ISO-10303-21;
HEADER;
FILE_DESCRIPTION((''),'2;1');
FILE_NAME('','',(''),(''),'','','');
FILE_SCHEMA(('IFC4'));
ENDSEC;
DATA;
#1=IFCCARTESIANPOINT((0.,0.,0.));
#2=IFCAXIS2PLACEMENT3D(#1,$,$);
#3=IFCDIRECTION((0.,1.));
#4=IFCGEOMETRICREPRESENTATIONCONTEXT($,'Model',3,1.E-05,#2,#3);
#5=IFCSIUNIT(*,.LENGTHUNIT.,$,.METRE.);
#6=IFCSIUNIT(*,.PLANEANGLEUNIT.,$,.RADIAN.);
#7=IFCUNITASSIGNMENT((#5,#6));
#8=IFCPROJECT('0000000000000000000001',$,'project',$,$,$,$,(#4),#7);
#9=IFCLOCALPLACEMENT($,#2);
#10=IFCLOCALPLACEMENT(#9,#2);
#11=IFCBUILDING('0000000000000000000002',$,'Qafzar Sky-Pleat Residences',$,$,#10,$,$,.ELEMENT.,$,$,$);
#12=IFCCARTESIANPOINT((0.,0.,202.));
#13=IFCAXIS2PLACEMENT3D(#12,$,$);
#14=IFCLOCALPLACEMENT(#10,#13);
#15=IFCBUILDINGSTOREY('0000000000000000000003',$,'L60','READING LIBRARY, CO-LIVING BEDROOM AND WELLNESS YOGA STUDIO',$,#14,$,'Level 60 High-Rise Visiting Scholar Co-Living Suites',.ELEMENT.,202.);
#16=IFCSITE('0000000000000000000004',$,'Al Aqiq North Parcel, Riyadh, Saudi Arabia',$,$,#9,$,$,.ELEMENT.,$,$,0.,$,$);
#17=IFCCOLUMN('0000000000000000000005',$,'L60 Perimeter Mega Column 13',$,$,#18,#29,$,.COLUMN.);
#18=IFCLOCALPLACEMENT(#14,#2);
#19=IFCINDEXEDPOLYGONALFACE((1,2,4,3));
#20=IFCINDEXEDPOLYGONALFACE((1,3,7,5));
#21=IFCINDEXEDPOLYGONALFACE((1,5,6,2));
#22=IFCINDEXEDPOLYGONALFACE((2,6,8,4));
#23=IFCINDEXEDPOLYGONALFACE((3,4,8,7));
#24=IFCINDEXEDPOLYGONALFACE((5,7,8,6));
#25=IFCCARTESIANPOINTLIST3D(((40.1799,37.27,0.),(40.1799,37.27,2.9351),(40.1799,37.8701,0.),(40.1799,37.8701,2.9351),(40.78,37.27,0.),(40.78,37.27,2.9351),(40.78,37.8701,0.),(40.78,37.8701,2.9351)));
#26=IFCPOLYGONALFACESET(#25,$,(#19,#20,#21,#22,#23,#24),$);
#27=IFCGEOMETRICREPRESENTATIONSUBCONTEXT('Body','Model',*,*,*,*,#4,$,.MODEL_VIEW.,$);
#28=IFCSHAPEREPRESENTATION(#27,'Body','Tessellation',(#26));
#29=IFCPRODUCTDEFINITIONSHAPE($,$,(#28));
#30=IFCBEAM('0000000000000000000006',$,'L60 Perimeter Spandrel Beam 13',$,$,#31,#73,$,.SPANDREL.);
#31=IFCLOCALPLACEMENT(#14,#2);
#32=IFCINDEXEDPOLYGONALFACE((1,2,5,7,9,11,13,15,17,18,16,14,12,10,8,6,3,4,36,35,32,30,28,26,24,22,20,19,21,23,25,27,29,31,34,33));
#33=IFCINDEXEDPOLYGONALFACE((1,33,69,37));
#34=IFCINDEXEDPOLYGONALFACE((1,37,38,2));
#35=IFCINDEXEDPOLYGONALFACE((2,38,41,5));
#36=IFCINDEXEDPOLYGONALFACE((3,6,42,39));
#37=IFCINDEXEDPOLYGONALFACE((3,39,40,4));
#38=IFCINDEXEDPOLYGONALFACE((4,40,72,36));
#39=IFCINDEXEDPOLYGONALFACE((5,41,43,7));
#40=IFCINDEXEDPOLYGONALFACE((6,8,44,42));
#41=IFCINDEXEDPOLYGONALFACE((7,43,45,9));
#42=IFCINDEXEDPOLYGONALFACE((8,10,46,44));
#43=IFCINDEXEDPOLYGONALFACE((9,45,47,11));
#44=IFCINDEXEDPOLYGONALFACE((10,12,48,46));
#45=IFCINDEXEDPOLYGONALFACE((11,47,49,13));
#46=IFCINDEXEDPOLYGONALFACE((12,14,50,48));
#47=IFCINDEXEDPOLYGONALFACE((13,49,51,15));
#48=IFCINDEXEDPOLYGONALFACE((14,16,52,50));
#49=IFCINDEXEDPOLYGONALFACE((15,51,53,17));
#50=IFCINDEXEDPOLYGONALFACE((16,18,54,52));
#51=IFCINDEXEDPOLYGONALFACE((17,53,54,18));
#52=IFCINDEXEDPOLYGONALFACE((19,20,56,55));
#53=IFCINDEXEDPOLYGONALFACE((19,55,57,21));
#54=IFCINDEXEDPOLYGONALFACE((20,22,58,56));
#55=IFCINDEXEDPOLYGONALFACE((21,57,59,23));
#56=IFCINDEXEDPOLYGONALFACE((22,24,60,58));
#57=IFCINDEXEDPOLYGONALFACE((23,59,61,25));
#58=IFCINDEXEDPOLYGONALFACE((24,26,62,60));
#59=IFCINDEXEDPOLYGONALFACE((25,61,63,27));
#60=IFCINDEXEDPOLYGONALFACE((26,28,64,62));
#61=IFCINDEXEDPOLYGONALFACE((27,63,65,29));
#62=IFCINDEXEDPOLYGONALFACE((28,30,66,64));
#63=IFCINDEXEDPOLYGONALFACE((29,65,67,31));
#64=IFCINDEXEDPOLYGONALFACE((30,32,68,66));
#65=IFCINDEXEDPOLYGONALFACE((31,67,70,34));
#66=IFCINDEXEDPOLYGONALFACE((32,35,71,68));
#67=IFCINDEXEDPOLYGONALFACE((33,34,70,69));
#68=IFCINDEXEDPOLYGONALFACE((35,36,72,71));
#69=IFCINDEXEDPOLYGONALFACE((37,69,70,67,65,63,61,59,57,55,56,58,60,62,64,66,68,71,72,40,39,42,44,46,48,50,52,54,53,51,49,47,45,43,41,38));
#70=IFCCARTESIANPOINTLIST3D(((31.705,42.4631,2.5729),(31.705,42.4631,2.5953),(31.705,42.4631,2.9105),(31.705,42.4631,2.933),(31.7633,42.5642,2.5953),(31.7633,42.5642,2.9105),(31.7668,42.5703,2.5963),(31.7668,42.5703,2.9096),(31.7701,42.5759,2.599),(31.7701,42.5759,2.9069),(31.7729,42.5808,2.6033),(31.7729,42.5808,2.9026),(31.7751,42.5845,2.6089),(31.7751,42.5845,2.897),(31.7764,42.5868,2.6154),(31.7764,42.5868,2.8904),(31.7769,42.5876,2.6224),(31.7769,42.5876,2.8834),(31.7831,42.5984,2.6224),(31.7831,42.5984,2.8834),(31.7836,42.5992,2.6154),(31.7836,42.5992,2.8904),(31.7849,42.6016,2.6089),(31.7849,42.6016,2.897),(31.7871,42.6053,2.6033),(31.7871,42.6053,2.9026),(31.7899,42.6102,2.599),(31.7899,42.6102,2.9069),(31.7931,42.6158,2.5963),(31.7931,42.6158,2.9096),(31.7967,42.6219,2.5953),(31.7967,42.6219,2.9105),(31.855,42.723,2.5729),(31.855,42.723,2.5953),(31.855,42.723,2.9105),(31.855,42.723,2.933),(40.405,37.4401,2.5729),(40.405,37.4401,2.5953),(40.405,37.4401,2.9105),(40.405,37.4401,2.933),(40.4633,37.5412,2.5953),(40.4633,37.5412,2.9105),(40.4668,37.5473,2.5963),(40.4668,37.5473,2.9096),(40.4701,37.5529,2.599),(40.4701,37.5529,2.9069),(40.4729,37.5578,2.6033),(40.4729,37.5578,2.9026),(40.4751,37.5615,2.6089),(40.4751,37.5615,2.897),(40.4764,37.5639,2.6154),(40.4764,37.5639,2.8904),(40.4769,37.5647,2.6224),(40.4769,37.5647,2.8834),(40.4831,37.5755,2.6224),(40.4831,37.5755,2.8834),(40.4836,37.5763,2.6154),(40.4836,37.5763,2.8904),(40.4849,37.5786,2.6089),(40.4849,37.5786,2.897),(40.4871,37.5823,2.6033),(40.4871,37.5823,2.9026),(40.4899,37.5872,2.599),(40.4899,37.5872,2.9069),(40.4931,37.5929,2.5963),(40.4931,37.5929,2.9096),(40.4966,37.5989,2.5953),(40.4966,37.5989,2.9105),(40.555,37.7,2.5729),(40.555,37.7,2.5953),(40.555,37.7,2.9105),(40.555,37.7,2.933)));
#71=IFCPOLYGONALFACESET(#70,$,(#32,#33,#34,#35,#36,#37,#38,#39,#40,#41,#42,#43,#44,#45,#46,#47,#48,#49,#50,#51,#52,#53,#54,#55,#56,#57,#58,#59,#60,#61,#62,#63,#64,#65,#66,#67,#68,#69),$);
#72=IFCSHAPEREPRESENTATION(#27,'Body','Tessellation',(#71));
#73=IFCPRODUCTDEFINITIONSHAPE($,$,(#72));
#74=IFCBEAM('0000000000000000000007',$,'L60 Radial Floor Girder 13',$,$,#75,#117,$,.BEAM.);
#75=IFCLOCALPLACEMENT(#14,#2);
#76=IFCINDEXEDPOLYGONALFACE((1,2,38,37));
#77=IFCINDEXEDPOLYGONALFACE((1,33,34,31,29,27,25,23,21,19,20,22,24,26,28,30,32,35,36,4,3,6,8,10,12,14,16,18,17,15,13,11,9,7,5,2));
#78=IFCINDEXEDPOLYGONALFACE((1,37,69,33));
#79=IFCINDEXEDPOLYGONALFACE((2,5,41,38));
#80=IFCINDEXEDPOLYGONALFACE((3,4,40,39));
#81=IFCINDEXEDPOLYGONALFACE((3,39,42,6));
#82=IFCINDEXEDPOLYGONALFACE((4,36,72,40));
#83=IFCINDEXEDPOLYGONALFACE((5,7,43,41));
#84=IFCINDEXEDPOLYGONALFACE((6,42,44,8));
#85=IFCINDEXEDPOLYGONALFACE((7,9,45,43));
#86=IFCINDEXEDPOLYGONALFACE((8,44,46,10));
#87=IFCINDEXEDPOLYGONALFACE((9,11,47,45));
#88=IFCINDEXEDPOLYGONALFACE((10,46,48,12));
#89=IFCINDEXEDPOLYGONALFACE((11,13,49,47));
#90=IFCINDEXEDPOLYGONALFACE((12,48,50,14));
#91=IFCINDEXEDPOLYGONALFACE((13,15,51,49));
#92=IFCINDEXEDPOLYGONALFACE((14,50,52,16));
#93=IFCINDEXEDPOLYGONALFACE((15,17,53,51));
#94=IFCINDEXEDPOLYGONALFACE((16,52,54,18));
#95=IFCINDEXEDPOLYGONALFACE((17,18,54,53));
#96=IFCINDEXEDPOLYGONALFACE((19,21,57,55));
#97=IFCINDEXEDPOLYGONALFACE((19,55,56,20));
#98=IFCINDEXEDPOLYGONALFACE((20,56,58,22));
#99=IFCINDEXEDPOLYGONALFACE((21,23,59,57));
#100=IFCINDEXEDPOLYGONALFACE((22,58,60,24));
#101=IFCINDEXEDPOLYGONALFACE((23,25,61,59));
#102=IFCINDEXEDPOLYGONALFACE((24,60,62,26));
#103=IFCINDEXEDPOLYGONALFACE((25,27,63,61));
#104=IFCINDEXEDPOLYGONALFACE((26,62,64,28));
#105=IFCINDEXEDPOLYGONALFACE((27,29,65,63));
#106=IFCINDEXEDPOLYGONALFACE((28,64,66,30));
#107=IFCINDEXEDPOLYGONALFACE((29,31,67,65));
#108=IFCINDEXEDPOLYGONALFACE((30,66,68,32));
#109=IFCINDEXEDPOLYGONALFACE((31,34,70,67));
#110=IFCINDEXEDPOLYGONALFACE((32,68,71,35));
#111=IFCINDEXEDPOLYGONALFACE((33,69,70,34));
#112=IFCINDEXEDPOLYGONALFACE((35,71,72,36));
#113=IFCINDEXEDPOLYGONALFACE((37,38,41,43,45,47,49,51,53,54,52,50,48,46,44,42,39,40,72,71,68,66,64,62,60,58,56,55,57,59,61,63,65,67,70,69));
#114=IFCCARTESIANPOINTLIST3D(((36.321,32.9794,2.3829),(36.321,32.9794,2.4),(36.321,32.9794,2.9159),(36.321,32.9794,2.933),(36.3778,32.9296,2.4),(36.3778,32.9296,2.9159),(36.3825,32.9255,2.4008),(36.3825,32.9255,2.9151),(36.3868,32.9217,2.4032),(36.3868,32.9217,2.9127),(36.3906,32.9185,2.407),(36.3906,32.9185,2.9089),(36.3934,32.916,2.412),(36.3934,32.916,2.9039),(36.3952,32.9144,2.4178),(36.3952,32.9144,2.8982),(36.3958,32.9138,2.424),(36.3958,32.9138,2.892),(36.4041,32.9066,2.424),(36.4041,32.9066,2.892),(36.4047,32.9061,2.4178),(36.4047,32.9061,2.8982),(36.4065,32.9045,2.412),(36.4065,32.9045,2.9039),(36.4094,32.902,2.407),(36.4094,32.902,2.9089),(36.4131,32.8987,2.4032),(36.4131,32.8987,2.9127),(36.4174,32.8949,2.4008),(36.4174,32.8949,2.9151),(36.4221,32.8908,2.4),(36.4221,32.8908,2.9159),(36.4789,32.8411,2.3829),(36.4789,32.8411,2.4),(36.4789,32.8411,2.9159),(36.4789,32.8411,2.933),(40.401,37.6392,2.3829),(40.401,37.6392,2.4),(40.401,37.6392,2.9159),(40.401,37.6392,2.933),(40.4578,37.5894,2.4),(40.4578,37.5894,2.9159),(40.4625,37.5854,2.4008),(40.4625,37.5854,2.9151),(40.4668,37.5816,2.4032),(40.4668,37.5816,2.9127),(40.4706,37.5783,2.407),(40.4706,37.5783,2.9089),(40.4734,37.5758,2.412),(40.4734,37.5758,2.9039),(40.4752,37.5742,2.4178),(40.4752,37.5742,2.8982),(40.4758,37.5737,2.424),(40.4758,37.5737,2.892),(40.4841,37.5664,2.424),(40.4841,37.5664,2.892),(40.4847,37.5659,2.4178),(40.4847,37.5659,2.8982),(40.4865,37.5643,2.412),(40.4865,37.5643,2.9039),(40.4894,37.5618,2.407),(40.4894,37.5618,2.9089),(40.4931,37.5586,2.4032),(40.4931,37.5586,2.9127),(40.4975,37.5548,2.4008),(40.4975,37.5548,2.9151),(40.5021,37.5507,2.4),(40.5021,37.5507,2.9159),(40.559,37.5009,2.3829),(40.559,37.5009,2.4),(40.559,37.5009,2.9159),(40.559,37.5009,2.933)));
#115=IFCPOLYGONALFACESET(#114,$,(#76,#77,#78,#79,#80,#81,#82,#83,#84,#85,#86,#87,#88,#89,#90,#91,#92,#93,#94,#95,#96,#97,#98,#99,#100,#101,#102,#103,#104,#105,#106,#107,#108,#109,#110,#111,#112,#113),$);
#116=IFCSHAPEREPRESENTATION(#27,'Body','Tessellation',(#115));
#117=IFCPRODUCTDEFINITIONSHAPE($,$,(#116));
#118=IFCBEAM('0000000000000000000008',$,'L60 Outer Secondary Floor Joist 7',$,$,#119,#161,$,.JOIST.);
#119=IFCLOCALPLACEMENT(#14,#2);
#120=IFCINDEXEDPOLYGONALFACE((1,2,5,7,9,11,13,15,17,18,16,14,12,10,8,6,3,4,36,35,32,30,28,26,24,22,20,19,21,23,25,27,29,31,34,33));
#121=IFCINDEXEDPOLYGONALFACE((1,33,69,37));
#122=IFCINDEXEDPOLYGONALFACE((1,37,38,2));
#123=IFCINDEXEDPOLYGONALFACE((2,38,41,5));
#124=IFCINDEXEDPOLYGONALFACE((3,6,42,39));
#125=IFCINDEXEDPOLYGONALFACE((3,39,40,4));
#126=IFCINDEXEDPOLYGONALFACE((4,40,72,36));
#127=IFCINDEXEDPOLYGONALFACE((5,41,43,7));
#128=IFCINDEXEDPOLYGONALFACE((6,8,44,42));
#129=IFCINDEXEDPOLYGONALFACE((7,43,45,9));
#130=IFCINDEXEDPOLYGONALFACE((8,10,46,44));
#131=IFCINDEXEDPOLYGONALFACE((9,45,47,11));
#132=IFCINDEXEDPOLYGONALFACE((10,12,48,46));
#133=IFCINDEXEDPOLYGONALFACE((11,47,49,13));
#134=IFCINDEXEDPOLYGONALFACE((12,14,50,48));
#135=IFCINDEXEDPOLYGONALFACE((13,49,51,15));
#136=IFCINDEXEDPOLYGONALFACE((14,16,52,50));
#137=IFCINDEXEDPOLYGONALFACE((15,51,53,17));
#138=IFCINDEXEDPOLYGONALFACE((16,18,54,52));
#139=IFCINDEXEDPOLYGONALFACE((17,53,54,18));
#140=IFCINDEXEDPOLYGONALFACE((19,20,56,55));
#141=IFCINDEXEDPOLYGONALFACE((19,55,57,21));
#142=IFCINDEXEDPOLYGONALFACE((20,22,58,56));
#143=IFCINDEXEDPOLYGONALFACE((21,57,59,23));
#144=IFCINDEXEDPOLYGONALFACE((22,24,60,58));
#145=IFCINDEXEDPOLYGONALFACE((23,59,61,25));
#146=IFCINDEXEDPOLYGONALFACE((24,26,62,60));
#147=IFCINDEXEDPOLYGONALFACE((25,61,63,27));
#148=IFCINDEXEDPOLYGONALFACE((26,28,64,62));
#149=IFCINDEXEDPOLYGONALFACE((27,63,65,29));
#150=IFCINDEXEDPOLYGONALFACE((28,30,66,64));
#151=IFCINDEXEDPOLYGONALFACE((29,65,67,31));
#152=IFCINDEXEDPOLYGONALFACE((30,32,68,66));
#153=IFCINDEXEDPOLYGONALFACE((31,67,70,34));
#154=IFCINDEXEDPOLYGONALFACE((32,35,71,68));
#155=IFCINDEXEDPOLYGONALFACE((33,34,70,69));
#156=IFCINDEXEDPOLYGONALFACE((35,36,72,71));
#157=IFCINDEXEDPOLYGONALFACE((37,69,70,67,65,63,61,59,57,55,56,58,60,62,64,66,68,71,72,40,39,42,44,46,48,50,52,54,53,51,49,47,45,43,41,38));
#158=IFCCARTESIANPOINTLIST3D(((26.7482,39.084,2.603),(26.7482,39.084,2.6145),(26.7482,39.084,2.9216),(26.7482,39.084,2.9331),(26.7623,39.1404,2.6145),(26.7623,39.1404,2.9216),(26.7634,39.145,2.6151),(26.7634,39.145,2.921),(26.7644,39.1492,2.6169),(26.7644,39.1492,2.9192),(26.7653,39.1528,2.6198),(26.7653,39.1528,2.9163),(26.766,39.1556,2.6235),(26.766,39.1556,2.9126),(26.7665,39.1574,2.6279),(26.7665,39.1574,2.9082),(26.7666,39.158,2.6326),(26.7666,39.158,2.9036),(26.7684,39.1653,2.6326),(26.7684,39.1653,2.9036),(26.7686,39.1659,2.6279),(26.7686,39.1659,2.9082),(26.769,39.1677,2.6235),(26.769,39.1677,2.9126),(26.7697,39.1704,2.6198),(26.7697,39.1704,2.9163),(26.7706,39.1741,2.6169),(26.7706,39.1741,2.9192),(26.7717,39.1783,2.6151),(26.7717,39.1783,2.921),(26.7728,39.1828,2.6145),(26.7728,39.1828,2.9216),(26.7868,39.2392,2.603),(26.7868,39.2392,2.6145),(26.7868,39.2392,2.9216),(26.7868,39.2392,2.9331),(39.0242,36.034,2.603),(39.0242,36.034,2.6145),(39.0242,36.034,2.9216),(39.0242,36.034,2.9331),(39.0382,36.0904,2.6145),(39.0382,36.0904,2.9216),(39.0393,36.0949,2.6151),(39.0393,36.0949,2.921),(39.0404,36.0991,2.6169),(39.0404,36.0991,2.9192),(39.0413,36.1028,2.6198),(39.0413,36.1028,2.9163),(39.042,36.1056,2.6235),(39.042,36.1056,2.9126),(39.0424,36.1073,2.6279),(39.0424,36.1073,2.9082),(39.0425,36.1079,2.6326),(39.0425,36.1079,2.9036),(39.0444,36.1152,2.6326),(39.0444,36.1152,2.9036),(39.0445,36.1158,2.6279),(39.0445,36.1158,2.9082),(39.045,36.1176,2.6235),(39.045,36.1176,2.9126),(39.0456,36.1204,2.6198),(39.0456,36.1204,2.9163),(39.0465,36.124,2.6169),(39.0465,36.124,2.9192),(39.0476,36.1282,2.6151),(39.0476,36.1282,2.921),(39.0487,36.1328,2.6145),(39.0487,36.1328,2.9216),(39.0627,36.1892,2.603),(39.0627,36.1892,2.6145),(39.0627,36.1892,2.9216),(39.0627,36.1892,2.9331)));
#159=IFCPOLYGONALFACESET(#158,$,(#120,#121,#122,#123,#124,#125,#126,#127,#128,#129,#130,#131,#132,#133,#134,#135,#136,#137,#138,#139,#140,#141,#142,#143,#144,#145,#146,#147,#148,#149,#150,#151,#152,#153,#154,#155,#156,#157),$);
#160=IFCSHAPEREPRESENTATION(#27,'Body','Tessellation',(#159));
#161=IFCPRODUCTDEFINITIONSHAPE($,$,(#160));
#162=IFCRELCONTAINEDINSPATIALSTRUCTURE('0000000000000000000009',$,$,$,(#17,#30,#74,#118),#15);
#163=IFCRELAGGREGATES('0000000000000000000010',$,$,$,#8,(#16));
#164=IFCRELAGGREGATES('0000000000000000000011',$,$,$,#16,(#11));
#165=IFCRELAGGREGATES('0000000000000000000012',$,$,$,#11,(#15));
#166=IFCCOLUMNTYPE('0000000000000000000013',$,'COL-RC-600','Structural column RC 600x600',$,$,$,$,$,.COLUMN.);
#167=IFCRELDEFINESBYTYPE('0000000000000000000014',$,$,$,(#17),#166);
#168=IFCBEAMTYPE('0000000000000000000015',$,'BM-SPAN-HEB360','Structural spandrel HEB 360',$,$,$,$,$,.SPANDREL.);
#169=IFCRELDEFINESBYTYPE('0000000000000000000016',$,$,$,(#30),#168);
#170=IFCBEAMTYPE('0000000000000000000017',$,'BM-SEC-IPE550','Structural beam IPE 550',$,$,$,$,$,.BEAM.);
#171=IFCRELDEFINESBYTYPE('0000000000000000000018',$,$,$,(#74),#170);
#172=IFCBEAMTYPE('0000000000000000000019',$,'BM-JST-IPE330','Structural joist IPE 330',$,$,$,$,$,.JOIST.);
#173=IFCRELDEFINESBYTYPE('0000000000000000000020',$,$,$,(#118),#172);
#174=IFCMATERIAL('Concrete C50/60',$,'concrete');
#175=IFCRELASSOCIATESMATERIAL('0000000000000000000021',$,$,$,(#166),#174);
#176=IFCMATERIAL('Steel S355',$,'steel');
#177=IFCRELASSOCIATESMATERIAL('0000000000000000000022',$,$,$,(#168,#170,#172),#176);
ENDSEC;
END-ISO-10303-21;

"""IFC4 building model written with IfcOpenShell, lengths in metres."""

from ifc_helpers import new_model, si_unit, direction, frame, origin, origin_2d, place, context, subcontext, project, spatial, rectangle, i_section, extrude, source, transform, mapped, material, material_profile, profile_set, type_object, element, save


model = new_model("IFC4")

# Units and contexts
model_context = context("Model", 3, precision=1e-05, world=origin(), true_north=direction((0.0, 1.0)))
body_context = subcontext(model_context, "Body", "Model", "MODEL_VIEW")
ifc_project = project(units=[si_unit("LENGTHUNIT", "METRE"), si_unit("PLANEANGLEUNIT", "RADIAN")], contexts=[model_context])

# Site, building, storey
site_placement = place(None, origin())
site = spatial("IfcSite", under=ifc_project, at=site_placement, Name="Al Aqiq North Parcel, Riyadh, Saudi Arabia", CompositionType="ELEMENT", RefElevation=0.0)
building_placement = place(site_placement, origin())
building = spatial("IfcBuilding", under=site, at=building_placement, Name="Qafzar Sky-Pleat Residences", CompositionType="ELEMENT")
storey_placement = place(building_placement, frame((0.0, 0.0, 202.0)))
storey = spatial("IfcBuildingStorey", under=building, at=storey_placement, Name="L60", Description="READING LIBRARY, CO-LIVING BEDROOM AND WELLNESS YOGA STUDIO", LongName="Level 60 High-Rise Visiting Scholar Co-Living Suites", CompositionType="ELEMENT", Elevation=202.0)

# Column
ifc_material_1 = material(Name="Concrete C50/60", Category="concrete")
ifc_material_profile_1 = material_profile(ifc_material_1, rectangle(XDim=0.6001, YDim=0.6001, at=origin_2d()), Name="RC 600x600")
ifc_profile_set_1 = profile_set([ifc_material_profile_1], Name="Concrete C50/60")
column_type = type_object("IfcColumnType", Name="COL-RC-600", Description="Structural column RC 600x600", PredefinedType="COLUMN", material=ifc_profile_set_1)
shared_shape_1 = source(origin(), body_context, "Body", "SweptSolid", [
    extrude(rectangle(XDim=0.6001, YDim=0.6001, at=origin_2d()), origin(), (0.0, 0.0, 1.0), 2.9351),
])
column_placement = place(storey_placement, frame((40.48, 37.5701, 0.0), z_axis=(0.0, 0.0, 1.0), x_axis=(1.0, 0.0, 0.0)))
element("IfcColumn", 1, at=column_placement, inside=storey, type_object=column_type, Name="L60 Perimeter Mega Column 13", PredefinedType="COLUMN", context=body_context, shape_type="MappedRepresentation", body=[
    mapped(shared_shape_1, transform((0.0, 0.0, 0.0), x_axis=(1.0, 0.0, 0.0), y_axis=(0.0, 1.0, 0.0), z_axis=(0.0, 0.0, 1.0), scale=1.0)),
])

# Beams
ifc_material_2 = material(Name="Steel S355", Category="steel")
ifc_material_profile_2 = material_profile(ifc_material_2, i_section(OverallWidth=0.3, OverallDepth=0.3601, WebThickness=0.0125, FlangeThickness=0.0225, FilletRadius=0.0271, at=origin_2d()), Name="HEB 360")
ifc_profile_set_2 = profile_set([ifc_material_profile_2], Name="Steel S355")
beam_type_1 = type_object("IfcBeamType", Name="BM-SPAN-HEB360", Description="Structural spandrel HEB 360", PredefinedType="SPANDREL", material=ifc_profile_set_2)
shared_shape_2 = source(origin(), body_context, "Body", "SweptSolid", [
    extrude(i_section(OverallWidth=0.3, OverallDepth=0.3601, WebThickness=0.0125, FlangeThickness=0.0225, FilletRadius=0.0271, at=origin_2d()), origin(), (0.0, 0.0, 1.0), 10.0459),
])
beam_1_placement = place(storey_placement, frame((40.48, 37.5701, 2.7529), z_axis=(-0.866024, 0.500002, 0.0), x_axis=(-0.500002, -0.866024, 0.0)))
element("IfcBeam", 2, at=beam_1_placement, inside=storey, type_object=beam_type_1, Name="L60 Perimeter Spandrel Beam 13", PredefinedType="SPANDREL", context=body_context, shape_type="MappedRepresentation", body=[
    mapped(shared_shape_2, transform((0.0, 0.0, 0.0), x_axis=(1.0, 0.0, 0.0), y_axis=(0.0, 1.0, 0.0), z_axis=(0.0, 0.0, 1.0), scale=1.0)),
])
ifc_material_profile_3 = material_profile(ifc_material_2, i_section(OverallWidth=0.21, OverallDepth=0.55, WebThickness=0.011, FlangeThickness=0.0171, FilletRadius=0.0239, at=origin_2d()), Name="IPE 550")
ifc_profile_set_3 = profile_set([ifc_material_profile_3], Name="Steel S355")
beam_type_2 = type_object("IfcBeamType", Name="BM-SEC-IPE550", Description="Structural beam IPE 550", PredefinedType="BEAM", material=ifc_profile_set_3)
shared_shape_3 = source(origin(), body_context, "Body", "SweptSolid", [
    extrude(i_section(OverallWidth=0.21, OverallDepth=0.55, WebThickness=0.011, FlangeThickness=0.0171, FilletRadius=0.0239, at=origin_2d()), origin(), (0.0, 0.0, 1.0), 6.1936),
])
beam_2_placement = place(storey_placement, frame((40.48, 37.5701, 2.658), z_axis=(-0.658747, -0.752364, 0.0), x_axis=(0.752364, -0.658747, 0.0)))
element("IfcBeam", 3, at=beam_2_placement, inside=storey, type_object=beam_type_2, Name="L60 Radial Floor Girder 13", PredefinedType="BEAM", context=body_context, shape_type="MappedRepresentation", body=[
    mapped(shared_shape_3, transform((0.0, 0.0, 0.0), x_axis=(1.0, 0.0, 0.0), y_axis=(0.0, 1.0, 0.0), z_axis=(0.0, 0.0, 1.0), scale=1.0)),
])
ifc_material_profile_4 = material_profile(ifc_material_2, i_section(OverallWidth=0.1599, OverallDepth=0.3301, WebThickness=0.0076, FlangeThickness=0.0115, FilletRadius=0.0181, at=origin_2d()), Name="IPE 330")
ifc_profile_set_4 = profile_set([ifc_material_profile_4], Name="Steel S355")
beam_type_3 = type_object("IfcBeamType", Name="BM-JST-IPE330", Description="Structural joist IPE 330", PredefinedType="JOIST", material=ifc_profile_set_4)
shared_shape_4 = source(origin(), body_context, "Body", "SweptSolid", [
    extrude(i_section(OverallWidth=0.1599, OverallDepth=0.3301, WebThickness=0.0076, FlangeThickness=0.0115, FilletRadius=0.0181, at=origin_2d()), origin(), (0.0, 0.0, 1.0), 12.6492),
])
beam_3_placement = place(storey_placement, frame((39.0435, 36.1116, 2.7681), z_axis=(-0.970493, 0.241128, 0.0), x_axis=(-0.241128, -0.970493, 0.0)))
element("IfcBeam", 4, at=beam_3_placement, inside=storey, type_object=beam_type_3, Name="L60 Outer Secondary Floor Joist 7", PredefinedType="JOIST", context=body_context, shape_type="MappedRepresentation", body=[
    mapped(shared_shape_4, transform((0.0, 0.0, 0.0), x_axis=(1.0, 0.0, 0.0), y_axis=(0.0, 1.0, 0.0), z_axis=(0.0, 0.0, 1.0), scale=1.0)),
])

save(model, "model.ifc")
